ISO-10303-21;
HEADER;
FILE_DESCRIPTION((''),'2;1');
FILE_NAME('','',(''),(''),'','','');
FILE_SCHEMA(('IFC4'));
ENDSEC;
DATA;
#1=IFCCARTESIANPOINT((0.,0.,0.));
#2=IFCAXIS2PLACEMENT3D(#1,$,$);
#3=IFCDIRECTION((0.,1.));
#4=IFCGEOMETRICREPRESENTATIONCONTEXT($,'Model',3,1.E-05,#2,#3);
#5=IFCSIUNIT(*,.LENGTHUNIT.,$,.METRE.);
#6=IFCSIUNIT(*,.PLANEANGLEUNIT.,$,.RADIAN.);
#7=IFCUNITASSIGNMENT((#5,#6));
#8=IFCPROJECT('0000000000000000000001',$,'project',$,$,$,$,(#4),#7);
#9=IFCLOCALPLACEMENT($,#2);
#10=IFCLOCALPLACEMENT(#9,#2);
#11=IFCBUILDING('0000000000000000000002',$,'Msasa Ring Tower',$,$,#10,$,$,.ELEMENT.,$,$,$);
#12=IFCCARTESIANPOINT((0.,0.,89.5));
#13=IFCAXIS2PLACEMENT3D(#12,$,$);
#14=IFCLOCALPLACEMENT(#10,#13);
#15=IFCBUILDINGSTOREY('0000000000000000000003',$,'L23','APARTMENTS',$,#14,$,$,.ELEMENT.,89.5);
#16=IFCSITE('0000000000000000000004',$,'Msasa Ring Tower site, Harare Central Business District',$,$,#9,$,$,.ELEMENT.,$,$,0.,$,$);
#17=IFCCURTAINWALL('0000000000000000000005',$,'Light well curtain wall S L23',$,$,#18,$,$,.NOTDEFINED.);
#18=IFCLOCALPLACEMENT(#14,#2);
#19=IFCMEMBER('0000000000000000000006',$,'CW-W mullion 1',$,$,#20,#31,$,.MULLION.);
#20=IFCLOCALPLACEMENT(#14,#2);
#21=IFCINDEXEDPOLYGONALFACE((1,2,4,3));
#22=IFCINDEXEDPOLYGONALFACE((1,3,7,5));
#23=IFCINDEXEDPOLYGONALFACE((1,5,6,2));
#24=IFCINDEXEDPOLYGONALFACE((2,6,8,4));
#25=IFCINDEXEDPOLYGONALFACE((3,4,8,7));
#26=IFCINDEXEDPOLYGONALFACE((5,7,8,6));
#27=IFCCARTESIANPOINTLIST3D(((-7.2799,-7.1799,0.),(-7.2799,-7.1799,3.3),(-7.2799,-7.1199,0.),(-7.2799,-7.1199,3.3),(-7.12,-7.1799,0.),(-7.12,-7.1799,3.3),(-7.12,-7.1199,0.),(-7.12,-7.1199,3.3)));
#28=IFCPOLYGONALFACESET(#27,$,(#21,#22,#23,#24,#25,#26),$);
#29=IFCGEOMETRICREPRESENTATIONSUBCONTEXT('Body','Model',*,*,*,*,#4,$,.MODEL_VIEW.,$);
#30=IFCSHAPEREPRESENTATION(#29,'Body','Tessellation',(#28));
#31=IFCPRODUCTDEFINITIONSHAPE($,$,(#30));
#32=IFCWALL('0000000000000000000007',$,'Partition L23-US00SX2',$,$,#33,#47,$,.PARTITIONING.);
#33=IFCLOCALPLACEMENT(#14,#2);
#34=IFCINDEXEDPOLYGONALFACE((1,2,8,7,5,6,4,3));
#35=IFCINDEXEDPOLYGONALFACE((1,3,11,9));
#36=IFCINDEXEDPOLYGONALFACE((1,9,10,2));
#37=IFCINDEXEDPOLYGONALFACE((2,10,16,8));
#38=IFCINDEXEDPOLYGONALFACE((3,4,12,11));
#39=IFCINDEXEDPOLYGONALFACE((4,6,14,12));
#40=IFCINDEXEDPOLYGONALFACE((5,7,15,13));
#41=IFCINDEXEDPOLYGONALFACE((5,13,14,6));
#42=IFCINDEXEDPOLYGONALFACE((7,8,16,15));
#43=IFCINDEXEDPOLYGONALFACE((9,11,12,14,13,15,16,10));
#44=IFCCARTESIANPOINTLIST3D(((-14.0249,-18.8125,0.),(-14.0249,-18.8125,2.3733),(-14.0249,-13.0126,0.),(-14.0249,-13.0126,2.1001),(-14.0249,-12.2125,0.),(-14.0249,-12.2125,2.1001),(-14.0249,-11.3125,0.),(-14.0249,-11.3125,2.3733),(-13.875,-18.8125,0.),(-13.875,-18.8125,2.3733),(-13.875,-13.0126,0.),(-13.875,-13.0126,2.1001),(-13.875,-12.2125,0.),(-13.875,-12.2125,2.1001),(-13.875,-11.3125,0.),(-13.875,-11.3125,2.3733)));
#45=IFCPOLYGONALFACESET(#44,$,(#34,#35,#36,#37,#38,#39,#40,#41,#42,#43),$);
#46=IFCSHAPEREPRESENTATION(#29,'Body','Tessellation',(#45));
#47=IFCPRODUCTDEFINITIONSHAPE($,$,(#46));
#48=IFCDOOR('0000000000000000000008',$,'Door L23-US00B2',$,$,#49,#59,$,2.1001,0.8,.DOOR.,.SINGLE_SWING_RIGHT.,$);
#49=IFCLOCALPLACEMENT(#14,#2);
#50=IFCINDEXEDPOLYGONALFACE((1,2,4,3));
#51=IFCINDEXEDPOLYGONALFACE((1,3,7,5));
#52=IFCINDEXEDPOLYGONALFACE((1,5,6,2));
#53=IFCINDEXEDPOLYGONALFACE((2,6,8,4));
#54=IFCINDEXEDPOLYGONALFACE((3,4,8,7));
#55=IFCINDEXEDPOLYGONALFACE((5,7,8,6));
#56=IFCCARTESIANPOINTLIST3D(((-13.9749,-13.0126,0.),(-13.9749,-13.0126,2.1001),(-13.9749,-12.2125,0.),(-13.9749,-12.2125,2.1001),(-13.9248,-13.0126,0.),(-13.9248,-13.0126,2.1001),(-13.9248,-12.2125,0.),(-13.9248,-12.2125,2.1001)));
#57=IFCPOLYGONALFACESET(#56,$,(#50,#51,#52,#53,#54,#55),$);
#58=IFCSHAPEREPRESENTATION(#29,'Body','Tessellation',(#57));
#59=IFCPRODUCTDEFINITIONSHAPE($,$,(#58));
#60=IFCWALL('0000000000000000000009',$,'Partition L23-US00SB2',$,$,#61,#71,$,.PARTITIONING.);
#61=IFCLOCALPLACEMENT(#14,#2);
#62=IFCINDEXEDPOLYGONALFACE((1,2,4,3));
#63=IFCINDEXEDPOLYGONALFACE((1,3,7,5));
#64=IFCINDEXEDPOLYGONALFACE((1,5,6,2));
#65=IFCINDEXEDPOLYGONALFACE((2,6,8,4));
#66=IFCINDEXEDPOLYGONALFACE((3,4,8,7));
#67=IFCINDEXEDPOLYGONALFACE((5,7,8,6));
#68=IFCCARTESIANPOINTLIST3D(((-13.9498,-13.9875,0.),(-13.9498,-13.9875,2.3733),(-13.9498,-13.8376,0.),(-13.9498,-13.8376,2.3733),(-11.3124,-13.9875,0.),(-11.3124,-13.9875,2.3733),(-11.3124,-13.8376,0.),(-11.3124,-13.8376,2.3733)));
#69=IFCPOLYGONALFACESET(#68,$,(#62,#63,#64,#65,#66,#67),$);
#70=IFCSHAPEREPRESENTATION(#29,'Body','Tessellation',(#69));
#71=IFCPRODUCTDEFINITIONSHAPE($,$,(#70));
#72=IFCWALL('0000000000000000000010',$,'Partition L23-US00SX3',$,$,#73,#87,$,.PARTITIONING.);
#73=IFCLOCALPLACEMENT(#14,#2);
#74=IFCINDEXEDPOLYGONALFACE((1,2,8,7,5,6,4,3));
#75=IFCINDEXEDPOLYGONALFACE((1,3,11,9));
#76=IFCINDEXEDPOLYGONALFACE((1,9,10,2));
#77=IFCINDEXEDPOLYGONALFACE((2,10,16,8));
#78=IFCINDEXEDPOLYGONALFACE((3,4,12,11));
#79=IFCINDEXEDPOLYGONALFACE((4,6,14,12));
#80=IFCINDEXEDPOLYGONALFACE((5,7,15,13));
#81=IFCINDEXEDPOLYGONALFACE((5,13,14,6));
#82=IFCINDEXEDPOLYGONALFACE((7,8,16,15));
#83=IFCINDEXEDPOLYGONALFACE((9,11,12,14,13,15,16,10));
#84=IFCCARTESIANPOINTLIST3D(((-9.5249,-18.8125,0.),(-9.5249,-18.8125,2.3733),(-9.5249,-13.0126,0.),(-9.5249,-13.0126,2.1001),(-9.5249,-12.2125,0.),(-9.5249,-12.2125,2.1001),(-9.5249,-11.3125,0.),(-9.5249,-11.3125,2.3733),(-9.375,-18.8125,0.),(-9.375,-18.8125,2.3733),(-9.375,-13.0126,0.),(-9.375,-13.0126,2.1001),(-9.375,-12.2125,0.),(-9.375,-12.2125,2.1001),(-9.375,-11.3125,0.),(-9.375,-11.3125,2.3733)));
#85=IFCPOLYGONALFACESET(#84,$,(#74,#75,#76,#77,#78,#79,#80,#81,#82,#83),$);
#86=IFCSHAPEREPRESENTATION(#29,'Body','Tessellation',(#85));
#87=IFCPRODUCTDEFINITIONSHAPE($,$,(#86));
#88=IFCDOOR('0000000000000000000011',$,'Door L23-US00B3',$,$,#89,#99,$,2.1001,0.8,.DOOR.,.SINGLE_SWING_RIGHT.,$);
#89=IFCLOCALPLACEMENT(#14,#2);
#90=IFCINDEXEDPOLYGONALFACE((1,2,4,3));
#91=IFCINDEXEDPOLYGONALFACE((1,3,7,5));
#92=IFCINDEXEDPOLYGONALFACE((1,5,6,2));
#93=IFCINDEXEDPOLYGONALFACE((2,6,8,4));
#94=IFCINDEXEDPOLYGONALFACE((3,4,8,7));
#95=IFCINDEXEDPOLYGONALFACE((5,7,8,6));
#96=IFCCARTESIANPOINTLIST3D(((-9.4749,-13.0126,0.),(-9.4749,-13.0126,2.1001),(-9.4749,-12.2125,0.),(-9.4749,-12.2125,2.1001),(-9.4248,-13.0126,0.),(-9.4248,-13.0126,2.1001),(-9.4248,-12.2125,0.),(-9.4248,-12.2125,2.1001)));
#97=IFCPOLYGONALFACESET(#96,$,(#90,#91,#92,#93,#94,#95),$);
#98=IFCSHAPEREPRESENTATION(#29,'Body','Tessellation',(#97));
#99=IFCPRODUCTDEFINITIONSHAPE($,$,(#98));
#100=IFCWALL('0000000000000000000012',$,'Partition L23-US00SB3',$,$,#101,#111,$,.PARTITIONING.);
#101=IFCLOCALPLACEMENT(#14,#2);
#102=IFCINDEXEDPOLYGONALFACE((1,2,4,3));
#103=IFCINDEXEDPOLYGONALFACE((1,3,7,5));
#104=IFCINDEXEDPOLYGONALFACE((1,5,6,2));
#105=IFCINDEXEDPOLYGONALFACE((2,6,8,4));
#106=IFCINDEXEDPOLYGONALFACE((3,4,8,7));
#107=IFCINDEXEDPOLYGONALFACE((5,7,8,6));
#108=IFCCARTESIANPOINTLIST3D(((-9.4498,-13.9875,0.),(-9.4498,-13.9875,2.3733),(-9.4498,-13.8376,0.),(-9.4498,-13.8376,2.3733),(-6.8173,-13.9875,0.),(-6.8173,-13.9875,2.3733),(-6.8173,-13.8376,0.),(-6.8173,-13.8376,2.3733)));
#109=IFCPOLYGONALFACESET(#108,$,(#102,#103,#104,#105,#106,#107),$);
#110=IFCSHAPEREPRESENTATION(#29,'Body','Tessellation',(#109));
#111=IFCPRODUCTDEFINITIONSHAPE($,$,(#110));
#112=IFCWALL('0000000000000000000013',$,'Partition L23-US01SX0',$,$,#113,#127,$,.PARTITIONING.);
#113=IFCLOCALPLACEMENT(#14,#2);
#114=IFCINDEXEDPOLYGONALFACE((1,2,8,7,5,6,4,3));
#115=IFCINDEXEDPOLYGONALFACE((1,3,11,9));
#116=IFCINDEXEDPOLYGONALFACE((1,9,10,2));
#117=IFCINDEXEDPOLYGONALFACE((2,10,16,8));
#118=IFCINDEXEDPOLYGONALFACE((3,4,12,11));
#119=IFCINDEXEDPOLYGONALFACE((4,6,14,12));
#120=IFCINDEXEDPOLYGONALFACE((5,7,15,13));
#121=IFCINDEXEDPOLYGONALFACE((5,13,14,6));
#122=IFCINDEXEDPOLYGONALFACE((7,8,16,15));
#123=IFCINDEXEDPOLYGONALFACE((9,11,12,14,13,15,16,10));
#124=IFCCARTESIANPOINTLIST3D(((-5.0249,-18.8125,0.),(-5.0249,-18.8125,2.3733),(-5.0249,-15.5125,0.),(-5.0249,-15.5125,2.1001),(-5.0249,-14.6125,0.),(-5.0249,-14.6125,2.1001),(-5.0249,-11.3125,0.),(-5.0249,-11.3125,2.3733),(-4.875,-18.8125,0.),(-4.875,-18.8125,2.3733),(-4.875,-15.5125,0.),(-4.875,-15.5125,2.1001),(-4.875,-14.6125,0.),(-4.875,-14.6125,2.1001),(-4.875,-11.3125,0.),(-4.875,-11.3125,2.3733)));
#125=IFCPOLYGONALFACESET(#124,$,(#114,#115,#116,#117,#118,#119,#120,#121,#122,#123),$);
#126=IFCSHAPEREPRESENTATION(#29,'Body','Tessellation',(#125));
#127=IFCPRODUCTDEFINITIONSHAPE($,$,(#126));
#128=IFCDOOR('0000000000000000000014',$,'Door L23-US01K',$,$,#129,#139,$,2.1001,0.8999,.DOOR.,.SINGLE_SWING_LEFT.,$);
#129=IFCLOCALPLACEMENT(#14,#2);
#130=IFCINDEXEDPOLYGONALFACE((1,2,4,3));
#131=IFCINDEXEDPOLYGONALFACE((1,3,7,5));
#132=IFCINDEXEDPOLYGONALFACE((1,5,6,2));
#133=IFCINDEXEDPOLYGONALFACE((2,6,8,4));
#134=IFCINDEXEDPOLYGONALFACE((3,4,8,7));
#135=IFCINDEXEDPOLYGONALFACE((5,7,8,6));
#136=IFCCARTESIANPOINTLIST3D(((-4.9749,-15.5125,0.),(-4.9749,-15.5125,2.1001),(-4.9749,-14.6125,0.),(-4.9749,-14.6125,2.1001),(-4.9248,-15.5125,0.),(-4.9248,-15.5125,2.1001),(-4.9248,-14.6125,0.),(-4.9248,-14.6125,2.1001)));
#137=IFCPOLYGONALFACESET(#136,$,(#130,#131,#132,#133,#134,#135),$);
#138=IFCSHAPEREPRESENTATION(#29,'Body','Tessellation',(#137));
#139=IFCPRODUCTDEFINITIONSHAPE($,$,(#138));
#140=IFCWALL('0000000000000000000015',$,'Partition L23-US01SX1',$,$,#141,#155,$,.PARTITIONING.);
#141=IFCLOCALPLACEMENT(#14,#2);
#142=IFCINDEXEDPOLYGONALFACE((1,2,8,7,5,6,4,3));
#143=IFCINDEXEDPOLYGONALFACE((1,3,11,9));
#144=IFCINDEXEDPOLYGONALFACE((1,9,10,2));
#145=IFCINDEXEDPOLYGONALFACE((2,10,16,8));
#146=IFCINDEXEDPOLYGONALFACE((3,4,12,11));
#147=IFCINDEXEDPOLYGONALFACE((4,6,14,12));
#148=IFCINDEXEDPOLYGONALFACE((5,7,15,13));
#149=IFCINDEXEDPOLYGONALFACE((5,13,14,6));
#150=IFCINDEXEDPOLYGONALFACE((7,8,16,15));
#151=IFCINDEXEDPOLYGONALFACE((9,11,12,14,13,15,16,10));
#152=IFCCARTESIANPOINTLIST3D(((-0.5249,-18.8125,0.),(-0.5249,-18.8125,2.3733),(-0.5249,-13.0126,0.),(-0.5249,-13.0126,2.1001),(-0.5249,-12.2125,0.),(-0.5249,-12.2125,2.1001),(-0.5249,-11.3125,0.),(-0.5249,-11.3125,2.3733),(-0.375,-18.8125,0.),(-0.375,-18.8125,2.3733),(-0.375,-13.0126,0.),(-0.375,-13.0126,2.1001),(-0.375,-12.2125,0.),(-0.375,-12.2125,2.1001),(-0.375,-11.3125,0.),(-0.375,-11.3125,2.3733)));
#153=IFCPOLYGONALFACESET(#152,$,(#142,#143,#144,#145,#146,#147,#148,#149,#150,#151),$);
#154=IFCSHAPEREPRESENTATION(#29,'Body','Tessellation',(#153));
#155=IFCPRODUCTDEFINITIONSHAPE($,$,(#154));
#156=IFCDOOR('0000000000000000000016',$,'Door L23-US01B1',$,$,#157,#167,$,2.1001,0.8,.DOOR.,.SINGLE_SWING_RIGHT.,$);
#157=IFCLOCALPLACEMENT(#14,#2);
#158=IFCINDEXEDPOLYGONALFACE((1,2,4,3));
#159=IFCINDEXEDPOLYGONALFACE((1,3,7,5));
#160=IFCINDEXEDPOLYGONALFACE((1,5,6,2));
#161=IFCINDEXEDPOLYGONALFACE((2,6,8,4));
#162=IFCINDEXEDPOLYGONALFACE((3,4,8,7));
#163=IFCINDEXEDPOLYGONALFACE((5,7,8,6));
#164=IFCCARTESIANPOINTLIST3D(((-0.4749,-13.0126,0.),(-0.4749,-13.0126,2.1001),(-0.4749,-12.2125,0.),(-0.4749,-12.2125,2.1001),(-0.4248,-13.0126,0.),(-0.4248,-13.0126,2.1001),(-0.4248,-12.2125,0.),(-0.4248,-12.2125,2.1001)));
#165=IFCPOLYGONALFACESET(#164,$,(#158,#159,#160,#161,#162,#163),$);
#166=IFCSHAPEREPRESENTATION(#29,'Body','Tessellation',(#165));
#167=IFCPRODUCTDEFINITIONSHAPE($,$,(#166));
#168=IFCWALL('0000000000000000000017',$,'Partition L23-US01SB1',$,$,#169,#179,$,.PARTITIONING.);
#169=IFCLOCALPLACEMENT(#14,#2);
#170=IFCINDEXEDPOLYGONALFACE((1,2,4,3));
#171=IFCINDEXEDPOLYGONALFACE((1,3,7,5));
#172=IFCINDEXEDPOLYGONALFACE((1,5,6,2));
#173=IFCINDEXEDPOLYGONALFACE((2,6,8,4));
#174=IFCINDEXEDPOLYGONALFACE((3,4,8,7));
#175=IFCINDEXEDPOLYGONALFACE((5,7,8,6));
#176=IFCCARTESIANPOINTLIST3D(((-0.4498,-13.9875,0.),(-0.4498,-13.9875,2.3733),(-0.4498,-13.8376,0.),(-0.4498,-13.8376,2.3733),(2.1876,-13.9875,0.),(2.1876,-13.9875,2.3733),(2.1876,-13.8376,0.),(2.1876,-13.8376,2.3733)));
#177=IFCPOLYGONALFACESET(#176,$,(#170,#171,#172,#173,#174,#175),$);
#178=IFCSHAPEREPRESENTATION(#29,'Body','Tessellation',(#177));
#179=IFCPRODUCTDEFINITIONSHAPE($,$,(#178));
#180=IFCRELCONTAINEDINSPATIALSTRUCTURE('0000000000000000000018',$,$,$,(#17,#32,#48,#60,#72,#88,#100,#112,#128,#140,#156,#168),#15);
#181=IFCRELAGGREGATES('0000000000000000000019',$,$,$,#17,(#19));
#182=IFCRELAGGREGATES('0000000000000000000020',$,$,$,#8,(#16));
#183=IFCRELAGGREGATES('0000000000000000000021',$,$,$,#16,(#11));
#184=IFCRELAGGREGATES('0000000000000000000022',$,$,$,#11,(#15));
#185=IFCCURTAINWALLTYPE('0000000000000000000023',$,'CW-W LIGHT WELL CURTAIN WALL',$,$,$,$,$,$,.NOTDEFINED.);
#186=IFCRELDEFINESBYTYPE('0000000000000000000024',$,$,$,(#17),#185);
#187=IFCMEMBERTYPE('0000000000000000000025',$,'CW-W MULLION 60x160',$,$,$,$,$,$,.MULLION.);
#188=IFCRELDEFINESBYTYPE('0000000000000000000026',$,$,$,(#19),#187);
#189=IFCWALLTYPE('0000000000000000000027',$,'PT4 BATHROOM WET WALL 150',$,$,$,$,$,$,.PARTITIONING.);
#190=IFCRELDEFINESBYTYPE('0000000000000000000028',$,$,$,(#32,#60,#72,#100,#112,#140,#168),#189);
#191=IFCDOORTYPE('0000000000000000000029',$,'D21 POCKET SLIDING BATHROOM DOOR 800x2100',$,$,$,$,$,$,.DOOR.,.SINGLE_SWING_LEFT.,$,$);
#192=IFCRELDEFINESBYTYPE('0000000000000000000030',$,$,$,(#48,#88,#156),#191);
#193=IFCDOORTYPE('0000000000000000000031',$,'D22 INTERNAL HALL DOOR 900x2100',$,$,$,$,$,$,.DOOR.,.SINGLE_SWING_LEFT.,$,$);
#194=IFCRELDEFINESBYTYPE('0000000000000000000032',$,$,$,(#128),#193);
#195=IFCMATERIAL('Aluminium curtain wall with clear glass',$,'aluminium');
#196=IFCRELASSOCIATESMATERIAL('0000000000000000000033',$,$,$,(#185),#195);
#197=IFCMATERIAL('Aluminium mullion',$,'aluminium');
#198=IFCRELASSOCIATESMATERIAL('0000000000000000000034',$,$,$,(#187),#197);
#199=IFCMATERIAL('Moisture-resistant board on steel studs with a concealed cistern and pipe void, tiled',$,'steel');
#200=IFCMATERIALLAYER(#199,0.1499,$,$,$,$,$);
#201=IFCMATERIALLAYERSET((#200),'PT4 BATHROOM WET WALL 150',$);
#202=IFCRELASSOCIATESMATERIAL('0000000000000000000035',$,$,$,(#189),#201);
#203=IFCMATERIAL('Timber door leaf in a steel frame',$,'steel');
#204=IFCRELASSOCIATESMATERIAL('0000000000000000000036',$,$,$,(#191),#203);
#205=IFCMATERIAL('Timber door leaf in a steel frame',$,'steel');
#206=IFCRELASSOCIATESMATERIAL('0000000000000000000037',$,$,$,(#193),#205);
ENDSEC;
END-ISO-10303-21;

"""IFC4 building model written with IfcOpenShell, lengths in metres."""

from ifc_helpers import new_model, si_unit, direction, frame, frame_2d, origin, origin_2d, place, context, subcontext, project, spatial, rectangle, extrude, material, layer, layer_set, material_profile, profile_set, type_object, element, fill, aggregate, save


model = new_model("IFC4")

# Units and contexts
model_context = context("Model", 3, precision=1e-05, world=origin(), true_north=direction((0.0, 1.0)))
body_context = subcontext(model_context, "Body", "Model", "MODEL_VIEW")
ifc_project = project(units=[si_unit("LENGTHUNIT", "METRE"), si_unit("PLANEANGLEUNIT", "RADIAN")], contexts=[model_context])

# Site, building, storey
site_placement = place(None, origin())
site = spatial("IfcSite", under=ifc_project, at=site_placement, Name="Msasa Ring Tower site, Harare Central Business District", CompositionType="ELEMENT", RefElevation=0.0)
building_placement = place(site_placement, origin())
building = spatial("IfcBuilding", under=site, at=building_placement, Name="Msasa Ring Tower", CompositionType="ELEMENT")
storey_placement = place(building_placement, frame((0.0, 0.0, 89.5)))
storey = spatial("IfcBuildingStorey", under=building, at=storey_placement, Name="L23", Description="APARTMENTS", CompositionType="ELEMENT", Elevation=89.5)

# Curtain wall, member
ifc_material_1 = material(Name="Aluminium curtain wall with clear glass", Category="aluminium")
curtain_wall_type = type_object("IfcCurtainWallType", Name="CW-W LIGHT WELL CURTAIN WALL", PredefinedType="NOTDEFINED", material=ifc_material_1)
curtain_wall_placement = place(storey_placement, origin())
curtain_wall = element("IfcCurtainWall", 1, at=curtain_wall_placement, inside=storey, type_object=curtain_wall_type, Name="Light well curtain wall S L23", PredefinedType="NOTDEFINED")
ifc_material_2 = material(Name="Aluminium mullion", Category="aluminium")
ifc_material_profile = material_profile(ifc_material_2, rectangle(XDim=0.0601, YDim=0.1599, at=origin_2d()), Name="AL 60x160")
ifc_profile_set = profile_set([ifc_material_profile], Name="Aluminium mullion")
member_type = type_object("IfcMemberType", Name="CW-W MULLION 60x160", PredefinedType="MULLION", material=ifc_profile_set)
member_placement = place(storey_placement, frame((-7.2, -7.1499, 0.0), z_axis=(0.0, 0.0, 1.0), x_axis=(0.0, 1.0, 0.0)))
member = element("IfcMember", 2, at=member_placement, type_object=member_type, Name="CW-W mullion 1", PredefinedType="MULLION", context=body_context, shape_type="SweptSolid", body=[
    extrude(rectangle(XDim=0.0601, YDim=0.1599, at=origin_2d()), origin(), (0.0, 0.0, 1.0), 3.3),
])
aggregate(curtain_wall, [member])

# Wall, opening, door
ifc_material_3 = material(Name="Moisture-resistant board on steel studs with a concealed cistern and pipe void, tiled", Category="steel")
ifc_layer_1 = layer(ifc_material_3, 0.1499)
ifc_layer_set_1 = layer_set([ifc_layer_1], Name="PT4 BATHROOM WET WALL 150")
wall_type_1 = type_object("IfcWallType", Name="PT4 BATHROOM WET WALL 150", PredefinedType="PARTITIONING", material=ifc_layer_set_1)
wall_1_placement = place(storey_placement, frame((-13.95, -18.8125, 0.0), z_axis=(0.0, 0.0, 1.0), x_axis=(0.0, 1.0, 0.0)))
wall_1 = element("IfcWall", 3, at=wall_1_placement, inside=storey, type_object=wall_type_1, Name="Partition L23-US00SX2", PredefinedType="PARTITIONING", context=body_context, shape_type="SweptSolid", body=[
    extrude(rectangle(XDim=7.5, YDim=0.1499, at=frame_2d((3.75, 0.0))), origin(), (0.0, 0.0, 1.0), 2.3733),
])
opening_1_placement = place(wall_1_placement, frame((5.8, 0.0, 0.0)))
opening_1 = element("IfcOpeningElement", 4, at=opening_1_placement, cuts=wall_1, PredefinedType="OPENING", context=body_context, shape_type="SweptSolid", body=[
    extrude(rectangle(XDim=0.8, YDim=2.1001, at=frame_2d((0.3999, 1.05))), frame((0.0, 0.085, 0.0), z_axis=(0.0, -1.0, 0.0), x_axis=(1.0, 0.0, 0.0)), (0.0, 0.0, 1.0), 0.1699),
])
ifc_material_4 = material(Name="Timber door leaf in a steel frame", Category="steel")
door_type_1 = type_object("IfcDoorType", Name="D21 POCKET SLIDING BATHROOM DOOR 800x2100", OperationType="SINGLE_SWING_LEFT", PredefinedType="DOOR", material=ifc_material_4)
door_1_placement = place(opening_1_placement, origin())
door_1 = element("IfcDoor", 5, at=door_1_placement, inside=storey, type_object=door_type_1, Name="Door L23-US00B2", OperationType="SINGLE_SWING_RIGHT", OverallHeight=2.1001, OverallWidth=0.8, PredefinedType="DOOR", context=body_context, shape_type="SweptSolid", body=[
    extrude(rectangle(XDim=0.8, YDim=2.1001, at=frame_2d((0.3999, 1.05))), frame((0.0, 0.0249, 0.0), z_axis=(0.0, -1.0, 0.0), x_axis=(1.0, 0.0, 0.0)), (0.0, 0.0, 1.0), 0.05),
])
fill(opening_1, door_1)

# Wall
wall_2_placement = place(storey_placement, frame((-13.95, -13.9126, 0.0), z_axis=(0.0, 0.0, 1.0), x_axis=(1.0, 0.0, 0.0)))
element("IfcWall", 6, at=wall_2_placement, inside=storey, type_object=wall_type_1, Name="Partition L23-US00SB2", PredefinedType="PARTITIONING", context=body_context, shape_type="SweptSolid", body=[
    extrude(rectangle(XDim=2.6375, YDim=0.1499, at=frame_2d((1.3188, 0.0))), origin(), (0.0, 0.0, 1.0), 2.3733),
])

# Wall, opening, door
wall_3_placement = place(storey_placement, frame((-9.45, -18.8125, 0.0), z_axis=(0.0, 0.0, 1.0), x_axis=(0.0, 1.0, 0.0)))
wall_3 = element("IfcWall", 7, at=wall_3_placement, inside=storey, type_object=wall_type_1, Name="Partition L23-US00SX3", PredefinedType="PARTITIONING", context=body_context, shape_type="SweptSolid", body=[
    extrude(rectangle(XDim=7.5, YDim=0.1499, at=frame_2d((3.75, 0.0))), origin(), (0.0, 0.0, 1.0), 2.3733),
])
opening_2_placement = place(wall_3_placement, frame((5.8, 0.0, 0.0)))
opening_2 = element("IfcOpeningElement", 8, at=opening_2_placement, cuts=wall_3, PredefinedType="OPENING", context=body_context, shape_type="SweptSolid", body=[
    extrude(rectangle(XDim=0.8, YDim=2.1001, at=frame_2d((0.3999, 1.05))), frame((0.0, 0.085, 0.0), z_axis=(0.0, -1.0, 0.0), x_axis=(1.0, 0.0, 0.0)), (0.0, 0.0, 1.0), 0.1699),
])
door_2_placement = place(opening_2_placement, origin())
door_2 = element("IfcDoor", 9, at=door_2_placement, inside=storey, type_object=door_type_1, Name="Door L23-US00B3", OperationType="SINGLE_SWING_RIGHT", OverallHeight=2.1001, OverallWidth=0.8, PredefinedType="DOOR", context=body_context, shape_type="SweptSolid", body=[
    extrude(rectangle(XDim=0.8, YDim=2.1001, at=frame_2d((0.3999, 1.05))), frame((0.0, 0.0249, 0.0), z_axis=(0.0, -1.0, 0.0), x_axis=(1.0, 0.0, 0.0)), (0.0, 0.0, 1.0), 0.05),
])
fill(opening_2, door_2)

# Wall
wall_4_placement = place(storey_placement, frame((-9.45, -13.9126, 0.0), z_axis=(0.0, 0.0, 1.0), x_axis=(1.0, 0.0, 0.0)))
element("IfcWall", 10, at=wall_4_placement, inside=storey, type_object=wall_type_1, Name="Partition L23-US00SB3", PredefinedType="PARTITIONING", context=body_context, shape_type="SweptSolid", body=[
    extrude(rectangle(XDim=2.6326, YDim=0.1499, at=frame_2d((1.3164, 0.0))), origin(), (0.0, 0.0, 1.0), 2.3733),
])

# Walls, openings, doors
wall_5_placement = place(storey_placement, frame((-4.95, -18.8125, 0.0), z_axis=(0.0, 0.0, 1.0), x_axis=(0.0, 1.0, 0.0)))
wall_5 = element("IfcWall", 11, at=wall_5_placement, inside=storey, type_object=wall_type_1, Name="Partition L23-US01SX0", PredefinedType="PARTITIONING", context=body_context, shape_type="SweptSolid", body=[
    extrude(rectangle(XDim=7.5, YDim=0.1499, at=frame_2d((3.75, 0.0))), origin(), (0.0, 0.0, 1.0), 2.3733),
])
opening_3_placement = place(wall_5_placement, frame((3.3, 0.0, 0.0)))
opening_3 = element("IfcOpeningElement", 12, at=opening_3_placement, cuts=wall_5, PredefinedType="OPENING", context=body_context, shape_type="SweptSolid", body=[
    extrude(rectangle(XDim=0.8999, YDim=2.1001, at=frame_2d((0.45, 1.05))), frame((0.0, 0.085, 0.0), z_axis=(0.0, -1.0, 0.0), x_axis=(1.0, 0.0, 0.0)), (0.0, 0.0, 1.0), 0.1699),
])
ifc_material_5 = material(Name="Timber door leaf in a steel frame", Category="steel")
door_type_2 = type_object("IfcDoorType", Name="D22 INTERNAL HALL DOOR 900x2100", OperationType="SINGLE_SWING_LEFT", PredefinedType="DOOR", material=ifc_material_5)
door_3_placement = place(opening_3_placement, origin())
door_3 = element("IfcDoor", 13, at=door_3_placement, inside=storey, type_object=door_type_2, Name="Door L23-US01K", OperationType="SINGLE_SWING_LEFT", OverallHeight=2.1001, OverallWidth=0.8999, PredefinedType="DOOR", context=body_context, shape_type="SweptSolid", body=[
    extrude(rectangle(XDim=0.8999, YDim=2.1001, at=frame_2d((0.45, 1.05))), frame((0.0, 0.0249, 0.0), z_axis=(0.0, -1.0, 0.0), x_axis=(1.0, 0.0, 0.0)), (0.0, 0.0, 1.0), 0.05),
])
fill(opening_3, door_3)
wall_6_placement = place(storey_placement, frame((-0.45, -18.8125, 0.0), z_axis=(0.0, 0.0, 1.0), x_axis=(0.0, 1.0, 0.0)))
wall_6 = element("IfcWall", 14, at=wall_6_placement, inside=storey, type_object=wall_type_1, Name="Partition L23-US01SX1", PredefinedType="PARTITIONING", context=body_context, shape_type="SweptSolid", body=[
    extrude(rectangle(XDim=7.5, YDim=0.1499, at=frame_2d((3.75, 0.0))), origin(), (0.0, 0.0, 1.0), 2.3733),
])
opening_4_placement = place(wall_6_placement, frame((5.8, 0.0, 0.0)))
opening_4 = element("IfcOpeningElement", 15, at=opening_4_placement, cuts=wall_6, PredefinedType="OPENING", context=body_context, shape_type="SweptSolid", body=[
    extrude(rectangle(XDim=0.8, YDim=2.1001, at=frame_2d((0.3999, 1.05))), frame((0.0, 0.085, 0.0), z_axis=(0.0, -1.0, 0.0), x_axis=(1.0, 0.0, 0.0)), (0.0, 0.0, 1.0), 0.1699),
])
door_4_placement = place(opening_4_placement, origin())
door_4 = element("IfcDoor", 16, at=door_4_placement, inside=storey, type_object=door_type_1, Name="Door L23-US01B1", OperationType="SINGLE_SWING_RIGHT", OverallHeight=2.1001, OverallWidth=0.8, PredefinedType="DOOR", context=body_context, shape_type="SweptSolid", body=[
    extrude(rectangle(XDim=0.8, YDim=2.1001, at=frame_2d((0.3999, 1.05))), frame((0.0, 0.0249, 0.0), z_axis=(0.0, -1.0, 0.0), x_axis=(1.0, 0.0, 0.0)), (0.0, 0.0, 1.0), 0.05),
])
fill(opening_4, door_4)

# Wall
wall_7_placement = place(storey_placement, frame((-0.45, -13.9126, 0.0), z_axis=(0.0, 0.0, 1.0), x_axis=(1.0, 0.0, 0.0)))
element("IfcWall", 17, at=wall_7_placement, inside=storey, type_object=wall_type_1, Name="Partition L23-US01SB1", PredefinedType="PARTITIONING", context=body_context, shape_type="SweptSolid", body=[
    extrude(rectangle(XDim=2.6375, YDim=0.1499, at=frame_2d((1.3188, 0.0))), origin(), (0.0, 0.0, 1.0), 2.3733),
])

save(model, "model.ifc")
